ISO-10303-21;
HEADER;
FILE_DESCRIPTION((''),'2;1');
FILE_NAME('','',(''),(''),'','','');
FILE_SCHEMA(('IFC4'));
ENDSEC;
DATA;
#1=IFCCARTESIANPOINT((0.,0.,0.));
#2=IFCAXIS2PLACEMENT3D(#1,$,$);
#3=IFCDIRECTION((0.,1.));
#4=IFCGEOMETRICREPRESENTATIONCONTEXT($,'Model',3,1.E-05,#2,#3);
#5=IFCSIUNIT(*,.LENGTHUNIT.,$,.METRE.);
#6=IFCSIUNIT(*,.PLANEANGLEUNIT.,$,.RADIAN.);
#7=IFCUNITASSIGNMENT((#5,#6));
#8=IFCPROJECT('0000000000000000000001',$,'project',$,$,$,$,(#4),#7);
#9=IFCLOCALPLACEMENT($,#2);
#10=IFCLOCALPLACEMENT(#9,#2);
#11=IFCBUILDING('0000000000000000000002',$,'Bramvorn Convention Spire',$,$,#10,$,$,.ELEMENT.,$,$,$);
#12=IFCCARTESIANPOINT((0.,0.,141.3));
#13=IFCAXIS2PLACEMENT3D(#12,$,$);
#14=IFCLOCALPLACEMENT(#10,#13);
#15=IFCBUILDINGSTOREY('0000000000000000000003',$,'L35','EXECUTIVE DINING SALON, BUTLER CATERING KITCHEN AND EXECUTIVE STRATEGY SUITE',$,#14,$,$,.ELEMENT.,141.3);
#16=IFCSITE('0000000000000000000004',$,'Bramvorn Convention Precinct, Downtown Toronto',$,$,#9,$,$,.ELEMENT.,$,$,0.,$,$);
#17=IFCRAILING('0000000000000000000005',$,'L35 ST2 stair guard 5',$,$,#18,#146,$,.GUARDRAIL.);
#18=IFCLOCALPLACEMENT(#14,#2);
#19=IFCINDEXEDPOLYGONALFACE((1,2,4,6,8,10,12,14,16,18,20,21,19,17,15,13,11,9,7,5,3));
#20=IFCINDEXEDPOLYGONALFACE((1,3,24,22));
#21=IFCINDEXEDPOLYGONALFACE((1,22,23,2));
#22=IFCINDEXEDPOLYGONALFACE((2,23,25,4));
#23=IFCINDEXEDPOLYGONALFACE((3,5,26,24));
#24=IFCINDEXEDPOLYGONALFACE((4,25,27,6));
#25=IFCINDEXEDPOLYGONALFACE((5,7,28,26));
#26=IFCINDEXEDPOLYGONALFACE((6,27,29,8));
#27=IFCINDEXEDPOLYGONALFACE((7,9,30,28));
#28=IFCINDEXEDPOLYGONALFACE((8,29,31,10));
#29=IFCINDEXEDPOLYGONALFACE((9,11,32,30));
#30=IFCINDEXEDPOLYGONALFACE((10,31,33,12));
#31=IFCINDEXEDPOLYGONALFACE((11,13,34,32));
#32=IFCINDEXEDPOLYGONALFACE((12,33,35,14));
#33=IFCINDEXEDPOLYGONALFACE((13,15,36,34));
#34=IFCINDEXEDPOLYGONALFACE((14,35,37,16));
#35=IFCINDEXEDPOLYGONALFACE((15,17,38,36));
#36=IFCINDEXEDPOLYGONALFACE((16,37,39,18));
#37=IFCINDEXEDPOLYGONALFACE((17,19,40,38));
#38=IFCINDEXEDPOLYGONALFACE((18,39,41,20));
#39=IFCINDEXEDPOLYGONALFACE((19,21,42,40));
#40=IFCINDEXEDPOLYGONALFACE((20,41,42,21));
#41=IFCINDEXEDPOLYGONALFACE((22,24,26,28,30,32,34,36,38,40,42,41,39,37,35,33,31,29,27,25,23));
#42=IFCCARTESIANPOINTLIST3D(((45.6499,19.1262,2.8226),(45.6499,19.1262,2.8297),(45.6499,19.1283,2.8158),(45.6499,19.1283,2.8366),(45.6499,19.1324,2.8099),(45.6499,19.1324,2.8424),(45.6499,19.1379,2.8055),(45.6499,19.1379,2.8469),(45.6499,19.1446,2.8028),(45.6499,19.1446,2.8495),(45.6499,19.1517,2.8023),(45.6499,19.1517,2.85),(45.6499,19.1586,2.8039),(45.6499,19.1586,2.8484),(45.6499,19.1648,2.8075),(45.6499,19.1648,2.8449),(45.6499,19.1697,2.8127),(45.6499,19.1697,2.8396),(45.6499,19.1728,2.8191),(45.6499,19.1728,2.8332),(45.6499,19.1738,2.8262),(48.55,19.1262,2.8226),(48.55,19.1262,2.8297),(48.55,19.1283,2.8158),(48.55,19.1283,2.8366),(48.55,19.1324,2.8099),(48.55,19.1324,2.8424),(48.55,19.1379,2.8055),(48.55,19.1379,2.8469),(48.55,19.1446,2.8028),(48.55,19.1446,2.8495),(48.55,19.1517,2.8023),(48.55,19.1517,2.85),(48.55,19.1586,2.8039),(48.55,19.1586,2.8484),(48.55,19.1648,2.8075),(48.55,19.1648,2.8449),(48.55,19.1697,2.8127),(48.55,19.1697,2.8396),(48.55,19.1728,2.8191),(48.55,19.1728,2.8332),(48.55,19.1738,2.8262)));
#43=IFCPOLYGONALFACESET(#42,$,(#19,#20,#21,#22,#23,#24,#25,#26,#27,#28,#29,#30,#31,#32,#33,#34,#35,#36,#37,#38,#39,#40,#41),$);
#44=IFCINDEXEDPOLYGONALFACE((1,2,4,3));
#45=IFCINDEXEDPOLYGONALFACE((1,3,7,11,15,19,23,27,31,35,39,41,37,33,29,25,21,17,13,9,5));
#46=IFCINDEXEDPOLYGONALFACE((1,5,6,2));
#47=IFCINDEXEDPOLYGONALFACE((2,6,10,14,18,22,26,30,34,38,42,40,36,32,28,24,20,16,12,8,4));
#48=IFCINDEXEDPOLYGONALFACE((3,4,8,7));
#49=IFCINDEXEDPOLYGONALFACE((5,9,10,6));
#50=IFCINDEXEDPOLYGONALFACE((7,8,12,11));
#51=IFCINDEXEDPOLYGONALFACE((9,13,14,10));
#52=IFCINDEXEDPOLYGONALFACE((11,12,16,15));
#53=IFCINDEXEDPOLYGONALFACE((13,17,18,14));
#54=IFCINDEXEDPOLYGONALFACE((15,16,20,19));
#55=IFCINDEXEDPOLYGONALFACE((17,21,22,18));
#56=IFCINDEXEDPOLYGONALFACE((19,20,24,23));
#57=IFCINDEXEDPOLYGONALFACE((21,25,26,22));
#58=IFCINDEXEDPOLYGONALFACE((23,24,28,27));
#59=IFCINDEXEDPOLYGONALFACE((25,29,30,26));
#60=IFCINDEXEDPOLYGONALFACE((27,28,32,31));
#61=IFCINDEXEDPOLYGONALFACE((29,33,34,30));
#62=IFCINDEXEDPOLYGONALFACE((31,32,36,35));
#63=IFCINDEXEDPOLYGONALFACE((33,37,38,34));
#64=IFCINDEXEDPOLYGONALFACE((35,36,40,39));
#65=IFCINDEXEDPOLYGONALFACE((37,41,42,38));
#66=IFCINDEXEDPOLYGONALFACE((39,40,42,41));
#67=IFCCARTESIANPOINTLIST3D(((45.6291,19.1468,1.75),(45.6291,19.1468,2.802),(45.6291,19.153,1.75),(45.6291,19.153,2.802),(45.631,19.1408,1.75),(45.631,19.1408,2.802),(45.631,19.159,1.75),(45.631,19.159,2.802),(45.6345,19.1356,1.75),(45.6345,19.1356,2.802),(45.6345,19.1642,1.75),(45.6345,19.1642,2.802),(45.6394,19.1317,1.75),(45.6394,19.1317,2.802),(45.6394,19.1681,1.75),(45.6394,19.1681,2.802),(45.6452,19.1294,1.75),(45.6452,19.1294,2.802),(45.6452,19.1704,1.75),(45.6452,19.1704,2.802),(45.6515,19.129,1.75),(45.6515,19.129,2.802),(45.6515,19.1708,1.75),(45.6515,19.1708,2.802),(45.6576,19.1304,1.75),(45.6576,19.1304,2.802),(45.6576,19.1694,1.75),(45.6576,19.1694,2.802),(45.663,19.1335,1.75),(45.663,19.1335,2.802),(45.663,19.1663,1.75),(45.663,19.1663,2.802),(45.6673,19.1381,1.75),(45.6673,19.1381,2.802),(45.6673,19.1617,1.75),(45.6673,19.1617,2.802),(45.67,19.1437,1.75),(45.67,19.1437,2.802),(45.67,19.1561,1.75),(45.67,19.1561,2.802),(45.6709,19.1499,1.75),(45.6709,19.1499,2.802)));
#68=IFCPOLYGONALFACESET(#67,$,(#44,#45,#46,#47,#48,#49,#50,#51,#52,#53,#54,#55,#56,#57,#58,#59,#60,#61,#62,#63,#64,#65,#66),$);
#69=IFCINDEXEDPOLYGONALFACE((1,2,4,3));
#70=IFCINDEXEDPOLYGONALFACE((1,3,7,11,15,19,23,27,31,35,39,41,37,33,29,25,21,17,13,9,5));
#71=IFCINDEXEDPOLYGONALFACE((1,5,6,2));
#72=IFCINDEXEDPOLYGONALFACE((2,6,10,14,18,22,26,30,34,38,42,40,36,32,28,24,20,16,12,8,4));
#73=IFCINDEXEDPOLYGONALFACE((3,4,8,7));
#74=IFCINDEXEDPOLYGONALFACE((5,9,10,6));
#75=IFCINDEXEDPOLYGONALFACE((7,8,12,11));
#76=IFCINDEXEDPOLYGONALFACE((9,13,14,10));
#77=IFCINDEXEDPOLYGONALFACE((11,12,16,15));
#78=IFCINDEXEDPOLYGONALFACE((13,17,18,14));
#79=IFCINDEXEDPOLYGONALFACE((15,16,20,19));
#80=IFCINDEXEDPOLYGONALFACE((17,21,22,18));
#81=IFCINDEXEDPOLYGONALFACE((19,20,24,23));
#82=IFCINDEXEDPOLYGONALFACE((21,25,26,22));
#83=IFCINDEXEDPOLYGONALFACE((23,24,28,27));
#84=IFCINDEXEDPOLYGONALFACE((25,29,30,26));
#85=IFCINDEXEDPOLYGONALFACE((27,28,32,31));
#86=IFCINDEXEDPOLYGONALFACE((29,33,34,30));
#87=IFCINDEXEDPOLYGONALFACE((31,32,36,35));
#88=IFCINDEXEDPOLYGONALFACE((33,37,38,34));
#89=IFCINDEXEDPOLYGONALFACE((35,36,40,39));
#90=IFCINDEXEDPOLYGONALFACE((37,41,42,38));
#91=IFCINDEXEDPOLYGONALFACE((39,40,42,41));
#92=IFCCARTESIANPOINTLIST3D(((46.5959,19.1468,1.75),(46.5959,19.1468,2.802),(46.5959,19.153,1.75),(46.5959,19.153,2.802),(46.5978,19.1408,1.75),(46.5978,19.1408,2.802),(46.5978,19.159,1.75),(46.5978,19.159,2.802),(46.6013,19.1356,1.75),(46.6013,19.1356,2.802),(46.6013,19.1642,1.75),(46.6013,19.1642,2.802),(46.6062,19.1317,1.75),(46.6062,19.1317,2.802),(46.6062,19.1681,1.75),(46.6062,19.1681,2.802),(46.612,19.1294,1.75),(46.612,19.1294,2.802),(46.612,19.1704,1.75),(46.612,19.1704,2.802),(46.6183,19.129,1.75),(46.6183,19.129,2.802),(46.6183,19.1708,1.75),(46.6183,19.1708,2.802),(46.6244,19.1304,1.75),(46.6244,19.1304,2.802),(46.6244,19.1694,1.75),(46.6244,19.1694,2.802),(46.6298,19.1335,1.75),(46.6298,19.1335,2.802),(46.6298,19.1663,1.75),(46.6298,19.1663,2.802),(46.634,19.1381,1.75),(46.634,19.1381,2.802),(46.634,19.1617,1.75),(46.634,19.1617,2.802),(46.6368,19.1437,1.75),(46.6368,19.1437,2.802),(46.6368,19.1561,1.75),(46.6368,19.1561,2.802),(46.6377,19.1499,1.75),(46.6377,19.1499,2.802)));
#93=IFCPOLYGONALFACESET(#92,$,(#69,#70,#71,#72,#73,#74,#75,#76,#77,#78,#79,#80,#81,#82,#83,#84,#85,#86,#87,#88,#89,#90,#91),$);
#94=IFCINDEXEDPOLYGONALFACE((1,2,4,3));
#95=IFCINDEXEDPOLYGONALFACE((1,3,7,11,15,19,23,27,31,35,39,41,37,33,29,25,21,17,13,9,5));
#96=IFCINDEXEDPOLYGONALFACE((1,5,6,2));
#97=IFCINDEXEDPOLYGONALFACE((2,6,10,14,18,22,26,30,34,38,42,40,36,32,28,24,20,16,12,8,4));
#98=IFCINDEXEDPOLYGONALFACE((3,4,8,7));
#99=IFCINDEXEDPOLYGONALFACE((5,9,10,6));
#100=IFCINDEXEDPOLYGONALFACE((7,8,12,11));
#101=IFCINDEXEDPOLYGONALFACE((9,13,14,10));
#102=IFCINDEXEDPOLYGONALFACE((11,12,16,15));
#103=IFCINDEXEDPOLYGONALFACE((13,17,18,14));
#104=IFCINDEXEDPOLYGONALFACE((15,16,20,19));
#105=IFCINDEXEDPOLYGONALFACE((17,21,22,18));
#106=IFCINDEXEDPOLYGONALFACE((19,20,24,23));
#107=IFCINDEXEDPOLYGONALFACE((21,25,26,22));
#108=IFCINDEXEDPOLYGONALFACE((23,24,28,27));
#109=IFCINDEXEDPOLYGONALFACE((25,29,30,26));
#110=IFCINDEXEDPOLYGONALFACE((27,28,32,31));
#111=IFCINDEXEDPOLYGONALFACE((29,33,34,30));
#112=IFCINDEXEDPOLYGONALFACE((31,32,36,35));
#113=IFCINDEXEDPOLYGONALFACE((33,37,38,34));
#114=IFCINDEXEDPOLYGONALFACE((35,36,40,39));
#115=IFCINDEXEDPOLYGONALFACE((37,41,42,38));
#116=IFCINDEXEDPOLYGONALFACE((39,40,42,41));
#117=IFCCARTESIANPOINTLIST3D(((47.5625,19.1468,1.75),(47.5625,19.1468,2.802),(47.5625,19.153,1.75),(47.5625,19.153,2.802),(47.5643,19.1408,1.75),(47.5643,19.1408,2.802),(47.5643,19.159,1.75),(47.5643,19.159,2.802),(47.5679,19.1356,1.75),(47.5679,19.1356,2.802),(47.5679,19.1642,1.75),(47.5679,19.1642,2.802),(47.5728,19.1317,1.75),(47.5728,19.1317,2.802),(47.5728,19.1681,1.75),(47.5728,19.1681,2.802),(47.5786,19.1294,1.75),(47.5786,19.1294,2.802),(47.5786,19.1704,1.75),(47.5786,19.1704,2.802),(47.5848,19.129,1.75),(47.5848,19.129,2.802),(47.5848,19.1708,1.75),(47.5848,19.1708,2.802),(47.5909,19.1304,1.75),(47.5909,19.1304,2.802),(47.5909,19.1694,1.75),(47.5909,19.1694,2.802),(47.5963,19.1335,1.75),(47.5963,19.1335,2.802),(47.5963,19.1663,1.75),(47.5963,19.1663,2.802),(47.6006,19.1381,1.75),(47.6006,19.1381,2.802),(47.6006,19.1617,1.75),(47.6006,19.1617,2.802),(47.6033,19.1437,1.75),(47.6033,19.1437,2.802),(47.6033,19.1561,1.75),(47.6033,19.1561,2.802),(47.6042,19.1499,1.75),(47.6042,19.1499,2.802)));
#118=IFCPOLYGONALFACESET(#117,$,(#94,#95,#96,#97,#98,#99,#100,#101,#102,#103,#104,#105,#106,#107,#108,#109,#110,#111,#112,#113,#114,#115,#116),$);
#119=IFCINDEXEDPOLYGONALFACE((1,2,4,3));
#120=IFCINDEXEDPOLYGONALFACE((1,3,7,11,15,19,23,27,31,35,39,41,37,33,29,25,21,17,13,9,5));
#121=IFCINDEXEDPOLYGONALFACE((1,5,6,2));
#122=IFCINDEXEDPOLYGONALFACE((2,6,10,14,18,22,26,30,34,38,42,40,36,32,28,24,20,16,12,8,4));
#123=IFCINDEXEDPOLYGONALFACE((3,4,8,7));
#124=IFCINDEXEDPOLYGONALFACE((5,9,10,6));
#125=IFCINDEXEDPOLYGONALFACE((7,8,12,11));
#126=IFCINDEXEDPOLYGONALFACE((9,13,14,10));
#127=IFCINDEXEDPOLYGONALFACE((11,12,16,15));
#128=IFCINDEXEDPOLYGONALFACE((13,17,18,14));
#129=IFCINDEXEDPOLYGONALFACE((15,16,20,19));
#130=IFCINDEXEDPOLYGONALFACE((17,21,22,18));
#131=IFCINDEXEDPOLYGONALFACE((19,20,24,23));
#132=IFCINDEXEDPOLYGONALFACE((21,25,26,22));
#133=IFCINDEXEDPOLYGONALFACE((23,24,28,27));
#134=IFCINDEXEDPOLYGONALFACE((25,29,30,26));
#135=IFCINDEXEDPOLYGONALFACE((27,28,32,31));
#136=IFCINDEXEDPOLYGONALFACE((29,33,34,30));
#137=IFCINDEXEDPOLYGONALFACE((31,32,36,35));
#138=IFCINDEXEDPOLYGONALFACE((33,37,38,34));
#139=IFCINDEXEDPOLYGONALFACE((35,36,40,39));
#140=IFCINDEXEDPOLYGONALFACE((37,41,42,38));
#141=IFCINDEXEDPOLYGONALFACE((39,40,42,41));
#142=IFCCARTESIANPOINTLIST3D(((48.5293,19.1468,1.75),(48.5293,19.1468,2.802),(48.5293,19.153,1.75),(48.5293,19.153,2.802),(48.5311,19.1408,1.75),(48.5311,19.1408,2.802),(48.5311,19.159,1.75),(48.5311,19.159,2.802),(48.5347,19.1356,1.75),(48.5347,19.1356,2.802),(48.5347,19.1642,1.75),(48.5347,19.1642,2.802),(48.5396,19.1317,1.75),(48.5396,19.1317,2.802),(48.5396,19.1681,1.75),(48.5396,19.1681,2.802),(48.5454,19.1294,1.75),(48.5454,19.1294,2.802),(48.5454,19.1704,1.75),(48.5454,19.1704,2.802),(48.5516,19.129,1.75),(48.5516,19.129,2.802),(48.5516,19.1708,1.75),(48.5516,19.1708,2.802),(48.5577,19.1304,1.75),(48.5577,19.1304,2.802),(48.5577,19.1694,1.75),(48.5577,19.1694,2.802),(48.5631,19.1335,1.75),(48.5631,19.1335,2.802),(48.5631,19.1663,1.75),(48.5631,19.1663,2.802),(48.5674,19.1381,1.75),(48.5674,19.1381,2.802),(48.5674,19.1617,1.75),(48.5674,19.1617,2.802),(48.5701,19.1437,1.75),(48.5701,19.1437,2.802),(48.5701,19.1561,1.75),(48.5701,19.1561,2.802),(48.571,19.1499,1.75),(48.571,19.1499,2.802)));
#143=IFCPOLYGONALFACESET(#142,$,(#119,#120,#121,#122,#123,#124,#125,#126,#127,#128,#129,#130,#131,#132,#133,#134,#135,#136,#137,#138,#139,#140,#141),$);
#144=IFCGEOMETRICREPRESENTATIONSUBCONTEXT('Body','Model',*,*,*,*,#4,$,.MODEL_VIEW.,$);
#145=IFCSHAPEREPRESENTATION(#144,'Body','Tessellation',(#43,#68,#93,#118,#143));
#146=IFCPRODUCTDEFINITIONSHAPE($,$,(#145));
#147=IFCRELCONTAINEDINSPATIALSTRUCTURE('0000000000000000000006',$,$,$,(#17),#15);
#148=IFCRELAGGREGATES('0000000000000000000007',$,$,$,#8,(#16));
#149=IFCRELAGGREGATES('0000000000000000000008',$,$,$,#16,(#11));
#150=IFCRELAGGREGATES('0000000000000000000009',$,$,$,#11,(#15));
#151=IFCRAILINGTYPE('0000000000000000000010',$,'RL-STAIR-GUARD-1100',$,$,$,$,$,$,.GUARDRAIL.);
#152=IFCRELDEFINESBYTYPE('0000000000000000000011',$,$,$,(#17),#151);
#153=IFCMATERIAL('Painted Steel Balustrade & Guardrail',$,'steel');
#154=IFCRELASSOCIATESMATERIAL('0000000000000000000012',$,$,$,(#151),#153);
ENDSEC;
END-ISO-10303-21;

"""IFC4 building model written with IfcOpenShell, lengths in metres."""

from ifc_helpers import new_model, si_unit, direction, frame, origin, origin_2d, place, context, subcontext, project, spatial, circle, extrude, material, type_object, element, save


model = new_model("IFC4")

# Units and contexts
model_context = context("Model", 3, precision=1e-05, world=origin(), true_north=direction((0.0, 1.0)))
body_context = subcontext(model_context, "Body", "Model", "MODEL_VIEW")
ifc_project = project(units=[si_unit("LENGTHUNIT", "METRE"), si_unit("PLANEANGLEUNIT", "RADIAN")], contexts=[model_context])

# Site, building, storey
site_placement = place(None, origin())
site = spatial("IfcSite", under=ifc_project, at=site_placement, Name="Bramvorn Convention Precinct, Downtown Toronto", CompositionType="ELEMENT", RefElevation=0.0)
building_placement = place(site_placement, origin())
building = spatial("IfcBuilding", under=site, at=building_placement, Name="Bramvorn Convention Spire", CompositionType="ELEMENT")
storey_placement = place(building_placement, frame((0.0, 0.0, 141.3)))
storey = spatial("IfcBuildingStorey", under=building, at=storey_placement, Name="L35", Description="EXECUTIVE DINING SALON, BUTLER CATERING KITCHEN AND EXECUTIVE STRATEGY SUITE", CompositionType="ELEMENT", Elevation=141.3)

# Railing
ifc_material_1 = material(Name="Painted Steel Balustrade & Guardrail", Category="steel")
railing_type = type_object("IfcRailingType", Name="RL-STAIR-GUARD-1100", PredefinedType="GUARDRAIL", material=ifc_material_1)
railing_1_placement = place(storey_placement, frame((45.6499, 19.1499, 1.75)))
element("IfcRailing", 1, at=railing_1_placement, inside=storey, type_object=railing_type, Name="L35 ST2 stair guard 5", PredefinedType="GUARDRAIL", context=body_context, shape_type="SweptSolid", body=[
    extrude(circle(Radius=0.0239, at=origin_2d()), frame((0.0, 0.0, 1.0762), z_axis=(1.0, 0.0, 0.0), x_axis=(0.0, 1.0, 0.0)), (0.0, 0.0, 1.0), 2.9001),
    extrude(circle(Radius=0.021, at=origin_2d()), origin(), (0.0, 0.0, 1.0), 1.052),
    extrude(circle(Radius=0.021, at=origin_2d()), frame((0.9668, 0.0, 0.0)), (0.0, 0.0, 1.0), 1.052),
    extrude(circle(Radius=0.021, at=origin_2d()), frame((1.9333, 0.0, 0.0)), (0.0, 0.0, 1.0), 1.052),
    extrude(circle(Radius=0.021, at=origin_2d()), frame((2.9001, 0.0, 0.0)), (0.0, 0.0, 1.0), 1.052),
])

save(model, "model.ifc")
